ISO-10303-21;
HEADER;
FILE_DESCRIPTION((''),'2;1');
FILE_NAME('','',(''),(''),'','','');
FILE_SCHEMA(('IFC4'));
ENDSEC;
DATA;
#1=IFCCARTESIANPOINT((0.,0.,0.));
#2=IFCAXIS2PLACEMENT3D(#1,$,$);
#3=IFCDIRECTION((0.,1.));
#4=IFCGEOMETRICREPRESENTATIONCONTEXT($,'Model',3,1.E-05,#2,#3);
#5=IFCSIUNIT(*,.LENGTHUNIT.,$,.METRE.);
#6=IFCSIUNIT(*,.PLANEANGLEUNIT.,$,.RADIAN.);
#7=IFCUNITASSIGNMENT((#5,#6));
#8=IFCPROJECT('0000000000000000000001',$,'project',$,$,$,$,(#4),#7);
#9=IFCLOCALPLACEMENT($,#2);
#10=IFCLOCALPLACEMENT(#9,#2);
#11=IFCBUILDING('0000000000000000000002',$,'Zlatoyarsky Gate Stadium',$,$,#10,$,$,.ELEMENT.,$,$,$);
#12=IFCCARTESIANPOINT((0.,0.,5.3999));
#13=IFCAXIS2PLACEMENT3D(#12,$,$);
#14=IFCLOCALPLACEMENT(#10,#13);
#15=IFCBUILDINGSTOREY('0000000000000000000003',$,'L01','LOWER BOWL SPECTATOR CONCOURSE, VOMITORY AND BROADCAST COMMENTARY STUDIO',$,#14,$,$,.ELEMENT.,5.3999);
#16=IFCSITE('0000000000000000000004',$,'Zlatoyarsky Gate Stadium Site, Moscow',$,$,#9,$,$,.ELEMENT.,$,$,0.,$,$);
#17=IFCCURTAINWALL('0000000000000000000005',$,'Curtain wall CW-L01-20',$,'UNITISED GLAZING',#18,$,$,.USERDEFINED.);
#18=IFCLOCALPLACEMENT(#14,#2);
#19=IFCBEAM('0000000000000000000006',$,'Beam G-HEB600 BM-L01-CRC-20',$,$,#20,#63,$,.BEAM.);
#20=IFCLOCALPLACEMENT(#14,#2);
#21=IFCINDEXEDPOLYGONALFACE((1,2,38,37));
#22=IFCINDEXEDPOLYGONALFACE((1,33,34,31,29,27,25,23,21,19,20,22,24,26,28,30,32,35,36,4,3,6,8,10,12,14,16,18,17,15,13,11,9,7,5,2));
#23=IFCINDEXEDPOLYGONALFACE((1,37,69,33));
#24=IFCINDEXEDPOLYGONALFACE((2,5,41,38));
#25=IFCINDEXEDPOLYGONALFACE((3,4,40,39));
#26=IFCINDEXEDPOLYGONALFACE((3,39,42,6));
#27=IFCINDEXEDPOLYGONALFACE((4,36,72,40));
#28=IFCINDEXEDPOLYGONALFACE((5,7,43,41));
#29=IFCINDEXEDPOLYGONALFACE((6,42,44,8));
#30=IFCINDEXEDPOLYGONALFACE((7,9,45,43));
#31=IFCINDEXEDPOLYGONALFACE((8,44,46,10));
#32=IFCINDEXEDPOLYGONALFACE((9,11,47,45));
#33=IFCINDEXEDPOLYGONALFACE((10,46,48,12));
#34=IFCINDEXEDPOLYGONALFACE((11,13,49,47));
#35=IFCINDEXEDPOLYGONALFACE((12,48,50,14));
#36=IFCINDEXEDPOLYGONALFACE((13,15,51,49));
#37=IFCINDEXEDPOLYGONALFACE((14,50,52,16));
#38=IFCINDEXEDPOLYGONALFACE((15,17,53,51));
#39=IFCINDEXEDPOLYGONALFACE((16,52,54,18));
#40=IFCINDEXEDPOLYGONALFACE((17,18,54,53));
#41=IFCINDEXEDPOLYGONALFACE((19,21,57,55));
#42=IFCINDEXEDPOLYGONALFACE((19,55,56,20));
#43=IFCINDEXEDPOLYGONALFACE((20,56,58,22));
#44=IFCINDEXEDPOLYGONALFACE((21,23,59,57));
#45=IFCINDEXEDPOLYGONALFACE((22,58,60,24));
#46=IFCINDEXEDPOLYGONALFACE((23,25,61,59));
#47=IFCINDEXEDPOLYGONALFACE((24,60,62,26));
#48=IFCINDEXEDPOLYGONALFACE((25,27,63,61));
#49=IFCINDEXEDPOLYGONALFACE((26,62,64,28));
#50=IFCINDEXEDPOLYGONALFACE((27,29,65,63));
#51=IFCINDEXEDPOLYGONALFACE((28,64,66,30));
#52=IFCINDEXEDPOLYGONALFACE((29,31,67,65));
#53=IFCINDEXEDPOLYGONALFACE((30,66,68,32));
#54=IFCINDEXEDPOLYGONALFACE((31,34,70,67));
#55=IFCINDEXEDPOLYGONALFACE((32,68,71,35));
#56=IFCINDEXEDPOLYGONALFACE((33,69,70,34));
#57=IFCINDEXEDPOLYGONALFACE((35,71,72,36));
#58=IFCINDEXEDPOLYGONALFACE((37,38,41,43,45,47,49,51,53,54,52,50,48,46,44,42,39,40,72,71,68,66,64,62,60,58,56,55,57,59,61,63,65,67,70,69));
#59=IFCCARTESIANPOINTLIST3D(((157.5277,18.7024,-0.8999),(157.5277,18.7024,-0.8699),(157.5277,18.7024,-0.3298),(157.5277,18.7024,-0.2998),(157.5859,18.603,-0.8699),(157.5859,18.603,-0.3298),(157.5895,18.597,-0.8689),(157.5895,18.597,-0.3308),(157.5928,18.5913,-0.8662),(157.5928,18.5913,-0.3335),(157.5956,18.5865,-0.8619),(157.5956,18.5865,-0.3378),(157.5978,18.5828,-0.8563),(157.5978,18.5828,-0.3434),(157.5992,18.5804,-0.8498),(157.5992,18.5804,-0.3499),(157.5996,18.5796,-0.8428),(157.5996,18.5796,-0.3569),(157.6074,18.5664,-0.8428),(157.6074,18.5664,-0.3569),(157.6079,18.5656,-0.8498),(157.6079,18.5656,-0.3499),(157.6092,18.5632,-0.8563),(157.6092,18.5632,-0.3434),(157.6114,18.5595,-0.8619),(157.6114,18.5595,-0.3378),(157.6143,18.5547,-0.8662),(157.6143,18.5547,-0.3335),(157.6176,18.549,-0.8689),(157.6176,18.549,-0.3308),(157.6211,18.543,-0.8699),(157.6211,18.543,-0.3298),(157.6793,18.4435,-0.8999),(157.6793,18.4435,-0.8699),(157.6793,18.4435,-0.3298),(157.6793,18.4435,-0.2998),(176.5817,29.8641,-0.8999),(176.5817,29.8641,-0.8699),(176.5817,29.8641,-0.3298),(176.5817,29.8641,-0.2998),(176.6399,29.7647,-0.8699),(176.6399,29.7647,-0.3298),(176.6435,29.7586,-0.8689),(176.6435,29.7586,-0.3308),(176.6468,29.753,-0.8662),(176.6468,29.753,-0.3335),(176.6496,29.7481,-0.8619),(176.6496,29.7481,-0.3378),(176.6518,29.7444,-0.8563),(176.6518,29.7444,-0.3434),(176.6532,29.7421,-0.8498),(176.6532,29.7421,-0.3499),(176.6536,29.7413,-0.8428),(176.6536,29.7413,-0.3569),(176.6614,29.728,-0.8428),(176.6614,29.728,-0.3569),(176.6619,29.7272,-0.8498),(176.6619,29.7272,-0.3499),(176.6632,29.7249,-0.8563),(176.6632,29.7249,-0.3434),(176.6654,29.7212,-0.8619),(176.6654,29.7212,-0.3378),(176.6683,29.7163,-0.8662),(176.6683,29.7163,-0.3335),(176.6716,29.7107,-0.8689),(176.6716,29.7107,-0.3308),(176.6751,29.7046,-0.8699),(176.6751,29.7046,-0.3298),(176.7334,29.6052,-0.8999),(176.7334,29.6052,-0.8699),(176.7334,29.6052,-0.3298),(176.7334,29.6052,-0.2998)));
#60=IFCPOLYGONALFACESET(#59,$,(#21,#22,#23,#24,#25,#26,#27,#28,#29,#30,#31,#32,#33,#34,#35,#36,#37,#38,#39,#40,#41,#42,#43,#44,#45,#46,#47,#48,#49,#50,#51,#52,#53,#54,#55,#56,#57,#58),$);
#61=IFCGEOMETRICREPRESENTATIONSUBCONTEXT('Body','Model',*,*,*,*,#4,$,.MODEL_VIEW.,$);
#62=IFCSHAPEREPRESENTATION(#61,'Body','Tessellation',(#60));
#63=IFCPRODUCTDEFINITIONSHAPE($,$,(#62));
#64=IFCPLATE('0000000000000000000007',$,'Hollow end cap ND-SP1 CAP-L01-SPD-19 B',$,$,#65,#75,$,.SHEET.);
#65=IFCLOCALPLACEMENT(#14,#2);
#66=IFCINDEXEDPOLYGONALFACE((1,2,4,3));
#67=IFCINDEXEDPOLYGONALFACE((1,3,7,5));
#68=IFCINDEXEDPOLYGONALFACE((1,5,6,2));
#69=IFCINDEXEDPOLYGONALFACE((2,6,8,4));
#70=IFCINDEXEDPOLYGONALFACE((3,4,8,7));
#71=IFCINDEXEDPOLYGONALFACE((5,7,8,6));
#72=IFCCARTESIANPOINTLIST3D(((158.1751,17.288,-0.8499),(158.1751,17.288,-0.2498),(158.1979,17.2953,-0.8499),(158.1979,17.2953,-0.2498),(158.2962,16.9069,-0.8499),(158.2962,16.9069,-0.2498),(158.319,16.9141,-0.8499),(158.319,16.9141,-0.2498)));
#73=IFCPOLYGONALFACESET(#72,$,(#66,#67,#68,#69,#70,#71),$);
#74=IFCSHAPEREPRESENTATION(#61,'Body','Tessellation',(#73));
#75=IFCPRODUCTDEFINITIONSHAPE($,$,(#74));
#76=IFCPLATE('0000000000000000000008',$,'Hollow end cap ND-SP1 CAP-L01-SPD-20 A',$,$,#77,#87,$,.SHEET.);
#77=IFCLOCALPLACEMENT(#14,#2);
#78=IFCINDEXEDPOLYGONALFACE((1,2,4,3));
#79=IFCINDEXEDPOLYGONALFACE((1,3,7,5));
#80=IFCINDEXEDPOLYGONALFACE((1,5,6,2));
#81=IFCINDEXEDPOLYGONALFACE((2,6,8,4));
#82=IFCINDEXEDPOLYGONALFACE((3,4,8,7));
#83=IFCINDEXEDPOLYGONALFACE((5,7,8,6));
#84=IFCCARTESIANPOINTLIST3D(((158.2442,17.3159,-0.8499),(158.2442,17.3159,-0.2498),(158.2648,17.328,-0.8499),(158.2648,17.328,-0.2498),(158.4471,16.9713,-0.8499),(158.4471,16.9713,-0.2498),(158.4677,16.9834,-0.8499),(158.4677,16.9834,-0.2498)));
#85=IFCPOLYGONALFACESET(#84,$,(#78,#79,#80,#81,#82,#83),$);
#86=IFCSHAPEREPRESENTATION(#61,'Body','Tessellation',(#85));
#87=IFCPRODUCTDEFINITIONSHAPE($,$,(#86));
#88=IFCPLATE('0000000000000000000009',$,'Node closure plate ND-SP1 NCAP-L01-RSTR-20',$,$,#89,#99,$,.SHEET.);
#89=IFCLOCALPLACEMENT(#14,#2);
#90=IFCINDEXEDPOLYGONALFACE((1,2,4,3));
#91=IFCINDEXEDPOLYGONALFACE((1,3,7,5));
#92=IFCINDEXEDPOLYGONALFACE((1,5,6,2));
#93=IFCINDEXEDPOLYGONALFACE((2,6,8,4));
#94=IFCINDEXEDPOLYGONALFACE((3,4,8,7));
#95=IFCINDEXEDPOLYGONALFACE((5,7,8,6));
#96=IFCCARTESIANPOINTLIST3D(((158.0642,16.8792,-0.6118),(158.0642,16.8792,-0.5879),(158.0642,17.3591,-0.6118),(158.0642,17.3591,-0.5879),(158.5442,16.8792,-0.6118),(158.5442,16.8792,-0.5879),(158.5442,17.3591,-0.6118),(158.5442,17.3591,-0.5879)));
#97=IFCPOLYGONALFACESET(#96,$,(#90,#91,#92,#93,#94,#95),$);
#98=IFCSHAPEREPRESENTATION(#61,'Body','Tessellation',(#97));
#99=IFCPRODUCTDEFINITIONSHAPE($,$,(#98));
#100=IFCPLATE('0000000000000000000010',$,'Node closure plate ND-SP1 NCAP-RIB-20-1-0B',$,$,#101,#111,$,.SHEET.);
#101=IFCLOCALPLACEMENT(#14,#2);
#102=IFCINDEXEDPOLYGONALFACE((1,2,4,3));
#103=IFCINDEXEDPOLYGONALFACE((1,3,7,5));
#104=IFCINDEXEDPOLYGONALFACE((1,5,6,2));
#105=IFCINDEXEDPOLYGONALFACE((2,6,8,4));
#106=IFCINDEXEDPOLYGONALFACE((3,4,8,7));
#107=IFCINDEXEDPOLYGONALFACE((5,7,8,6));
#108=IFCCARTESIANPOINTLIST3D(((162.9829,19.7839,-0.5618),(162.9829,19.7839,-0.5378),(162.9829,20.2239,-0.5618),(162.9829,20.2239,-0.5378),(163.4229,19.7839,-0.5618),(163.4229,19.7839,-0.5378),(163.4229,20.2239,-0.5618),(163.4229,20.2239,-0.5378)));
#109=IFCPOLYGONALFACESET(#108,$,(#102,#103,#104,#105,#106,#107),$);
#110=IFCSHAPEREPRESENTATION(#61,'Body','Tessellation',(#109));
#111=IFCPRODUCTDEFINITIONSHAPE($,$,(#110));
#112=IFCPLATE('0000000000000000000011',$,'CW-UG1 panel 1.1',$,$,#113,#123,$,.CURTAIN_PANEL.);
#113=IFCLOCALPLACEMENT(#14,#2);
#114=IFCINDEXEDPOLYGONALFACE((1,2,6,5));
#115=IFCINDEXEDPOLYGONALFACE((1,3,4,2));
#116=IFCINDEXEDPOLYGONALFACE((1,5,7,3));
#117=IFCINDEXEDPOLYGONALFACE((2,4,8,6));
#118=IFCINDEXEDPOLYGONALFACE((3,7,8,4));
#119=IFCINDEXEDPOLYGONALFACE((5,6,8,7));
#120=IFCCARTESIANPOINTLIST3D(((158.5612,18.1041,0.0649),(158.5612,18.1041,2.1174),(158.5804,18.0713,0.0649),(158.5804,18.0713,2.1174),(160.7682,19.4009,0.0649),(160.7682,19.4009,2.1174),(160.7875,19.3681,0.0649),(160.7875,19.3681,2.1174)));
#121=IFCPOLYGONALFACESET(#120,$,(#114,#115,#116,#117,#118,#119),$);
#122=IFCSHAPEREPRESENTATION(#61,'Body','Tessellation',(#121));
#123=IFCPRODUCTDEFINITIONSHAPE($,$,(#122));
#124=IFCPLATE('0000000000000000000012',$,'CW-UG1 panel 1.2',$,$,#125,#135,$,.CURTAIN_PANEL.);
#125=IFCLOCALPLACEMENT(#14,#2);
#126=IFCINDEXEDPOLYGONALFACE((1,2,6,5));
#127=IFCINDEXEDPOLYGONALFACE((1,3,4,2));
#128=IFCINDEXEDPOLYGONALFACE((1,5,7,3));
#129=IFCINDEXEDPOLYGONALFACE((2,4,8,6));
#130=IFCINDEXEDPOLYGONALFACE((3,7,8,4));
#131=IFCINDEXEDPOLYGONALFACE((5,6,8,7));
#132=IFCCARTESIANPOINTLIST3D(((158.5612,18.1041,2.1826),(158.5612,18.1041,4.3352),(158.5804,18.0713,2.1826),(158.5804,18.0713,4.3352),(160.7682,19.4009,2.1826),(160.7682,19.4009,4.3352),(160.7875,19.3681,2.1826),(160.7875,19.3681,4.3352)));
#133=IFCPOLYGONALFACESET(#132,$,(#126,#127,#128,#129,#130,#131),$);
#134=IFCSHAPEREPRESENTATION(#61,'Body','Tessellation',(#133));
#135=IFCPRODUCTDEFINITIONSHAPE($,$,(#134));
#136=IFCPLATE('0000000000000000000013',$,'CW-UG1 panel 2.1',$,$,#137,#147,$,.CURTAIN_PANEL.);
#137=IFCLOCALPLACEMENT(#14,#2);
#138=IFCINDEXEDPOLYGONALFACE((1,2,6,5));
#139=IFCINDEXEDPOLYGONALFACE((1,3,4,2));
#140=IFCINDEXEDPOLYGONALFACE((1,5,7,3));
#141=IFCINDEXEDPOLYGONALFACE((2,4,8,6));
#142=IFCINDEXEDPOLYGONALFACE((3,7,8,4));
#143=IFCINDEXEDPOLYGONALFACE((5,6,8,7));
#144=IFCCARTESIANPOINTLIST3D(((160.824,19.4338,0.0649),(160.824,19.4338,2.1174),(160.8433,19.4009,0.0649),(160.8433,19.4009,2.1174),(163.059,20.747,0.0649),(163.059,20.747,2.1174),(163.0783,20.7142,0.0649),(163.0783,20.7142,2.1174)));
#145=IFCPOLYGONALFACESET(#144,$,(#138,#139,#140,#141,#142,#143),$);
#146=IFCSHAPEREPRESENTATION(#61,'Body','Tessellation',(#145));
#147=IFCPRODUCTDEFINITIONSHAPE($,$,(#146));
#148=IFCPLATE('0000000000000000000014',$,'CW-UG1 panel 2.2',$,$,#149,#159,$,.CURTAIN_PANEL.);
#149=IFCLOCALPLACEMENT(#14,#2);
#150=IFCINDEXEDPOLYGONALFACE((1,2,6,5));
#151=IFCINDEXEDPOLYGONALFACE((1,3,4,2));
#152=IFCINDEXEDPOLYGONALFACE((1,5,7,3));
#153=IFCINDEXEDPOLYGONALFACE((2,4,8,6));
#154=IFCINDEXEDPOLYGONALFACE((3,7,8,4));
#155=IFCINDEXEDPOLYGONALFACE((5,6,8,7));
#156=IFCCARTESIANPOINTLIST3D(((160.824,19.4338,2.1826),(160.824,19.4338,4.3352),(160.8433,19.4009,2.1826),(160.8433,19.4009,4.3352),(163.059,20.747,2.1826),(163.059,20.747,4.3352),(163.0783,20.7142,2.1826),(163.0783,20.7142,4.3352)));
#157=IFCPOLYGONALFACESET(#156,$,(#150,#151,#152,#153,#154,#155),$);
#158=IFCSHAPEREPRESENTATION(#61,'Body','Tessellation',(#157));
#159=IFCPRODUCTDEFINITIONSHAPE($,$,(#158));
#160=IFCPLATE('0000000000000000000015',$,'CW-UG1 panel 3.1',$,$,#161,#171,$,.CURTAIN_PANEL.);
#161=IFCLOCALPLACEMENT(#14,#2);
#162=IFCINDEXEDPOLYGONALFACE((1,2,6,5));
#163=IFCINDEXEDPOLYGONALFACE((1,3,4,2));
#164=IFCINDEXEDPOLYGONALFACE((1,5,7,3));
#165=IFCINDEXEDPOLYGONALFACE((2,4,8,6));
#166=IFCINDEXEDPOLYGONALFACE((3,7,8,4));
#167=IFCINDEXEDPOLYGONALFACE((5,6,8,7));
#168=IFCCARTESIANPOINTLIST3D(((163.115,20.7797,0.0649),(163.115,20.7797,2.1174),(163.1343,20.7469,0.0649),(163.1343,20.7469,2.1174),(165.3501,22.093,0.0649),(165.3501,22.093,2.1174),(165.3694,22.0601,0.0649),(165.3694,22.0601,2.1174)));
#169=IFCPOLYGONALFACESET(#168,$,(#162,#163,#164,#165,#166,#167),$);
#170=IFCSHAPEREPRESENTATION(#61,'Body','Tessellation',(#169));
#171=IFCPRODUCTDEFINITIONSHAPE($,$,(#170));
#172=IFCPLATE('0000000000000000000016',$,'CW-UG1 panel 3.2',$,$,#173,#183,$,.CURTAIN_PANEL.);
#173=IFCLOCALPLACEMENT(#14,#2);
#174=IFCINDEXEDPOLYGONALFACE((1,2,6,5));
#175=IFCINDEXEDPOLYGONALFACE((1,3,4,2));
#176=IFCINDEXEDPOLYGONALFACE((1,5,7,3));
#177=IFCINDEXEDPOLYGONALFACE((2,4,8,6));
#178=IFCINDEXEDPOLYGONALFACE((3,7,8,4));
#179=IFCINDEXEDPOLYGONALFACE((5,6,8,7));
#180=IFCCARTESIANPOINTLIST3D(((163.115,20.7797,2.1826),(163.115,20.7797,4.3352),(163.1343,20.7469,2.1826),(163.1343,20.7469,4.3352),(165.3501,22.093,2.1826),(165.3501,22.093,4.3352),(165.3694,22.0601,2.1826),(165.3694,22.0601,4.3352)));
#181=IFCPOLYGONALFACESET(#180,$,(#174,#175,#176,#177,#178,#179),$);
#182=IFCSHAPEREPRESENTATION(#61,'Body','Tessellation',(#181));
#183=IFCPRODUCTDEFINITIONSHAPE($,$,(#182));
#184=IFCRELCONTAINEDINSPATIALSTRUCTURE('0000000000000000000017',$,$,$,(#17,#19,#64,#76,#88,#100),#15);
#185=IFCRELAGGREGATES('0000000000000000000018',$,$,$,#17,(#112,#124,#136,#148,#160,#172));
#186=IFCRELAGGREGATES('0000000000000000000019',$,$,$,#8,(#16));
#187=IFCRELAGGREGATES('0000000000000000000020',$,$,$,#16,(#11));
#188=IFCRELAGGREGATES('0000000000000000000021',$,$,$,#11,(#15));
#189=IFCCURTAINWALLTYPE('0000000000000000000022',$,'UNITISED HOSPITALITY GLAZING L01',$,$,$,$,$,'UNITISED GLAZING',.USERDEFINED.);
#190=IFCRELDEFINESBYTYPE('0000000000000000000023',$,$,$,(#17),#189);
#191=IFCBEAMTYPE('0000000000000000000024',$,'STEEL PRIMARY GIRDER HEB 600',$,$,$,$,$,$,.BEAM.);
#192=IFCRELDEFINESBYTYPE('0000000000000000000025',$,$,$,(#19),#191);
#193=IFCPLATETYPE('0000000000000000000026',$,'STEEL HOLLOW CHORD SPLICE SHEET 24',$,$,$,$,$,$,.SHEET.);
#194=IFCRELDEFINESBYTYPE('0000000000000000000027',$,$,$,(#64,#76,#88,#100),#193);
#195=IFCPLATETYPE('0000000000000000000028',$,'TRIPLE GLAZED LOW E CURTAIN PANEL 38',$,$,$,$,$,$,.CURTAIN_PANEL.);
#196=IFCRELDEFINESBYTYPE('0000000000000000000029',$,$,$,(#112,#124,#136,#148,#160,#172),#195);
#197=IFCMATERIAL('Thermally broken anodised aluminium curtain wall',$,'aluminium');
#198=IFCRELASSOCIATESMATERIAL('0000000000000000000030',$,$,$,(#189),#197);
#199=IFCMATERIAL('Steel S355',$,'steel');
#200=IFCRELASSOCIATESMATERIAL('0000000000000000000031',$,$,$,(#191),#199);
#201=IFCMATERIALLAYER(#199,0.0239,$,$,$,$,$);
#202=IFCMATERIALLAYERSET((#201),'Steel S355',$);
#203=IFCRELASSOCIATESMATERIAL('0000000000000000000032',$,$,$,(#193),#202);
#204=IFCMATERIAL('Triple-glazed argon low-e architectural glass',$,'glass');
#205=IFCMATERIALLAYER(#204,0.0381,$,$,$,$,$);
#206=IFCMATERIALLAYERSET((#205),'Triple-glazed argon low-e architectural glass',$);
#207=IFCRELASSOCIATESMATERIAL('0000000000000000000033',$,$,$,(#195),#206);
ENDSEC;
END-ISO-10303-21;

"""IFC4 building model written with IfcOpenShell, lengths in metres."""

from ifc_helpers import new_model, si_unit, direction, frame, origin, origin_2d, place, context, subcontext, project, spatial, rectangle, i_section, extrude, material, layer, layer_set, material_profile, profile_set, type_object, element, aggregate, save


model = new_model("IFC4")

# Units and contexts
model_context = context("Model", 3, precision=1e-05, world=origin(), true_north=direction((0.0, 1.0)))
body_context = subcontext(model_context, "Body", "Model", "MODEL_VIEW")
ifc_project = project(units=[si_unit("LENGTHUNIT", "METRE"), si_unit("PLANEANGLEUNIT", "RADIAN")], contexts=[model_context])

# Site, building, storey
site_placement = place(None, origin())
site = spatial("IfcSite", under=ifc_project, at=site_placement, Name="Zlatoyarsky Gate Stadium Site, Moscow", CompositionType="ELEMENT", RefElevation=0.0)
building_placement = place(site_placement, origin())
building = spatial("IfcBuilding", under=site, at=building_placement, Name="Zlatoyarsky Gate Stadium", CompositionType="ELEMENT")
storey_placement = place(building_placement, frame((0.0, 0.0, 5.3999)))
storey = spatial("IfcBuildingStorey", under=building, at=storey_placement, Name="L01", Description="LOWER BOWL SPECTATOR CONCOURSE, VOMITORY AND BROADCAST COMMENTARY STUDIO", CompositionType="ELEMENT", Elevation=5.3999)

# Curtain wall
ifc_material_1 = material(Name="Thermally broken anodised aluminium curtain wall", Category="aluminium")
curtain_wall_type = type_object("IfcCurtainWallType", Name="UNITISED HOSPITALITY GLAZING L01", ElementType="UNITISED GLAZING", PredefinedType="USERDEFINED", material=ifc_material_1)
curtain_wall_placement = place(storey_placement, origin())
curtain_wall = element("IfcCurtainWall", 1, at=curtain_wall_placement, inside=storey, type_object=curtain_wall_type, Name="Curtain wall CW-L01-20", ObjectType="UNITISED GLAZING", PredefinedType="USERDEFINED")

# Shared definitions
ifc_material_2 = material(Name="Steel S355", Category="steel")

# Beam
ifc_material_profile_1 = material_profile(ifc_material_2, i_section(OverallWidth=0.3, OverallDepth=0.6001, WebThickness=0.0154, FlangeThickness=0.03, FilletRadius=0.0271, at=origin_2d()), Name="HEB 600")
ifc_profile_set_1 = profile_set([ifc_material_profile_1], Name="Steel S355")
beam_type_1 = type_object("IfcBeamType", Name="STEEL PRIMARY GIRDER HEB 600", PredefinedType="BEAM", material=ifc_profile_set_1)
beam_1_placement = place(storey_placement, frame((157.6035, 18.573, -0.5999), z_axis=(0.862855, 0.505452, 0.0), x_axis=(-0.505452, 0.862855, 0.0)))
element("IfcBeam", 2, at=beam_1_placement, inside=storey, type_object=beam_type_1, Name="Beam G-HEB600 BM-L01-CRC-20", PredefinedType="BEAM", context=body_context, shape_type="SweptSolid", body=[
    extrude(i_section(OverallWidth=0.3, OverallDepth=0.6001, WebThickness=0.0154, FlangeThickness=0.03, FilletRadius=0.0271, at=origin_2d()), origin(), (0.0, 0.0, 1.0), 22.0825),
])

# Plates
ifc_layer_1 = layer(ifc_material_2, 0.0239)
ifc_layer_set_1 = layer_set([ifc_layer_1], Name="Steel S355")
plate_type_1 = type_object("IfcPlateType", Name="STEEL HOLLOW CHORD SPLICE SHEET 24", PredefinedType="SHEET", material=ifc_layer_set_1)
for number, where, z_axis, x_axis, name in (
    (3, (158.2471, 17.1011, -0.8499), (0.0, 0.0, 1.0), (0.953006, 0.302953, 0.0), "Hollow end cap ND-SP1 CAP-L01-SPD-19 B"),
    (4, (158.356, 17.1497, -0.8499), (0.0, 0.0, 1.0), (0.861686, 0.507442, 0.0), "Hollow end cap ND-SP1 CAP-L01-SPD-20 A"),
):
    element("IfcPlate", number, at=place(storey_placement, frame(where, z_axis=z_axis, x_axis=x_axis)), inside=storey, type_object=plate_type_1, Name=name, PredefinedType="SHEET", context=body_context, shape_type="SweptSolid", body=[
        extrude(rectangle(XDim=0.0239, YDim=0.3999, at=origin_2d()), origin(), (0.0, 0.0, 1.0), 0.6001),
    ])
plate_1_placement = place(storey_placement, frame((158.3042, 17.1191, -0.6118), z_axis=(0.0, 0.0, 1.0), x_axis=(1.0, 0.0, 0.0)))
element("IfcPlate", 5, at=plate_1_placement, inside=storey, type_object=plate_type_1, Name="Node closure plate ND-SP1 NCAP-L01-RSTR-20", PredefinedType="SHEET", context=body_context, shape_type="SweptSolid", body=[
    extrude(rectangle(XDim=0.48, YDim=0.48, at=origin_2d()), origin(), (0.0, 0.0, 1.0), 0.0239),
])
plate_2_placement = place(storey_placement, frame((163.2029, 20.0039, -0.5618), z_axis=(0.0, 0.0, 1.0), x_axis=(1.0, 0.0, 0.0)))
element("IfcPlate", 6, at=plate_2_placement, inside=storey, type_object=plate_type_1, Name="Node closure plate ND-SP1 NCAP-RIB-20-1-0B", PredefinedType="SHEET", context=body_context, shape_type="SweptSolid", body=[
    extrude(rectangle(XDim=0.4399, YDim=0.4399, at=origin_2d()), origin(), (0.0, 0.0, 1.0), 0.0239),
])

# Plates
ifc_material_3 = material(Name="Triple-glazed argon low-e architectural glass", Category="glass")
ifc_layer_2 = layer(ifc_material_3, 0.0381)
ifc_layer_set_2 = layer_set([ifc_layer_2], Name="Triple-glazed argon low-e architectural glass")
plate_type_2 = type_object("IfcPlateType", Name="TRIPLE GLAZED LOW E CURTAIN PANEL 38", PredefinedType="CURTAIN_PANEL", material=ifc_layer_set_2)
plate_3_placement = place(storey_placement, frame((159.6743, 18.7361, 0.0649), z_axis=(0.0, 0.0, 1.0), x_axis=(0.862187, 0.50659, 0.0)))
plate_3 = element("IfcPlate", 7, at=plate_3_placement, type_object=plate_type_2, Name="CW-UG1 panel 1.1", PredefinedType="CURTAIN_PANEL", context=body_context, shape_type="SweptSolid", body=[
    extrude(rectangle(XDim=2.5598, YDim=0.0381, at=origin_2d()), origin(), (0.0, 0.0, 1.0), 2.0525),
])
plate_4_placement = place(storey_placement, frame((159.6743, 18.7361, 2.1826), z_axis=(0.0, 0.0, 1.0), x_axis=(0.862187, 0.50659, 0.0)))
plate_4 = element("IfcPlate", 8, at=plate_4_placement, type_object=plate_type_2, Name="CW-UG1 panel 1.2", PredefinedType="CURTAIN_PANEL", context=body_context, shape_type="SweptSolid", body=[
    extrude(rectangle(XDim=2.5598, YDim=0.0381, at=origin_2d()), origin(), (0.0, 0.0, 1.0), 2.1526),
])
plate_5_placement = place(storey_placement, frame((161.9512, 20.074, 0.0649), z_axis=(0.0, 0.0, 1.0), x_axis=(0.862187, 0.50659, 0.0)))
plate_5 = element("IfcPlate", 9, at=plate_5_placement, type_object=plate_type_2, Name="CW-UG1 panel 2.1", PredefinedType="CURTAIN_PANEL", context=body_context, shape_type="SweptSolid", body=[
    extrude(rectangle(XDim=2.5923, YDim=0.0381, at=origin_2d()), origin(), (0.0, 0.0, 1.0), 2.0525),
])
plate_6_placement = place(storey_placement, frame((161.9512, 20.074, 2.1826), z_axis=(0.0, 0.0, 1.0), x_axis=(0.862187, 0.50659, 0.0)))
plate_6 = element("IfcPlate", 10, at=plate_6_placement, type_object=plate_type_2, Name="CW-UG1 panel 2.2", PredefinedType="CURTAIN_PANEL", context=body_context, shape_type="SweptSolid", body=[
    extrude(rectangle(XDim=2.5923, YDim=0.0381, at=origin_2d()), origin(), (0.0, 0.0, 1.0), 2.1526),
])
plate_7_placement = place(storey_placement, frame((164.2422, 21.4199, 0.0649), z_axis=(0.0, 0.0, 1.0), x_axis=(0.862187, 0.50659, 0.0)))
plate_7 = element("IfcPlate", 11, at=plate_7_placement, type_object=plate_type_2, Name="CW-UG1 panel 3.1", PredefinedType="CURTAIN_PANEL", context=body_context, shape_type="SweptSolid", body=[
    extrude(rectangle(XDim=2.5923, YDim=0.0381, at=origin_2d()), origin(), (0.0, 0.0, 1.0), 2.0525),
])
plate_8_placement = place(storey_placement, frame((164.2422, 21.4199, 2.1826), z_axis=(0.0, 0.0, 1.0), x_axis=(0.862187, 0.50659, 0.0)))
plate_8 = element("IfcPlate", 12, at=plate_8_placement, type_object=plate_type_2, Name="CW-UG1 panel 3.2", PredefinedType="CURTAIN_PANEL", context=body_context, shape_type="SweptSolid", body=[
    extrude(rectangle(XDim=2.5923, YDim=0.0381, at=origin_2d()), origin(), (0.0, 0.0, 1.0), 2.1526),
])
aggregate(curtain_wall, [plate_3, plate_4, plate_5, plate_6, plate_7, plate_8])

save(model, "model.ifc")
